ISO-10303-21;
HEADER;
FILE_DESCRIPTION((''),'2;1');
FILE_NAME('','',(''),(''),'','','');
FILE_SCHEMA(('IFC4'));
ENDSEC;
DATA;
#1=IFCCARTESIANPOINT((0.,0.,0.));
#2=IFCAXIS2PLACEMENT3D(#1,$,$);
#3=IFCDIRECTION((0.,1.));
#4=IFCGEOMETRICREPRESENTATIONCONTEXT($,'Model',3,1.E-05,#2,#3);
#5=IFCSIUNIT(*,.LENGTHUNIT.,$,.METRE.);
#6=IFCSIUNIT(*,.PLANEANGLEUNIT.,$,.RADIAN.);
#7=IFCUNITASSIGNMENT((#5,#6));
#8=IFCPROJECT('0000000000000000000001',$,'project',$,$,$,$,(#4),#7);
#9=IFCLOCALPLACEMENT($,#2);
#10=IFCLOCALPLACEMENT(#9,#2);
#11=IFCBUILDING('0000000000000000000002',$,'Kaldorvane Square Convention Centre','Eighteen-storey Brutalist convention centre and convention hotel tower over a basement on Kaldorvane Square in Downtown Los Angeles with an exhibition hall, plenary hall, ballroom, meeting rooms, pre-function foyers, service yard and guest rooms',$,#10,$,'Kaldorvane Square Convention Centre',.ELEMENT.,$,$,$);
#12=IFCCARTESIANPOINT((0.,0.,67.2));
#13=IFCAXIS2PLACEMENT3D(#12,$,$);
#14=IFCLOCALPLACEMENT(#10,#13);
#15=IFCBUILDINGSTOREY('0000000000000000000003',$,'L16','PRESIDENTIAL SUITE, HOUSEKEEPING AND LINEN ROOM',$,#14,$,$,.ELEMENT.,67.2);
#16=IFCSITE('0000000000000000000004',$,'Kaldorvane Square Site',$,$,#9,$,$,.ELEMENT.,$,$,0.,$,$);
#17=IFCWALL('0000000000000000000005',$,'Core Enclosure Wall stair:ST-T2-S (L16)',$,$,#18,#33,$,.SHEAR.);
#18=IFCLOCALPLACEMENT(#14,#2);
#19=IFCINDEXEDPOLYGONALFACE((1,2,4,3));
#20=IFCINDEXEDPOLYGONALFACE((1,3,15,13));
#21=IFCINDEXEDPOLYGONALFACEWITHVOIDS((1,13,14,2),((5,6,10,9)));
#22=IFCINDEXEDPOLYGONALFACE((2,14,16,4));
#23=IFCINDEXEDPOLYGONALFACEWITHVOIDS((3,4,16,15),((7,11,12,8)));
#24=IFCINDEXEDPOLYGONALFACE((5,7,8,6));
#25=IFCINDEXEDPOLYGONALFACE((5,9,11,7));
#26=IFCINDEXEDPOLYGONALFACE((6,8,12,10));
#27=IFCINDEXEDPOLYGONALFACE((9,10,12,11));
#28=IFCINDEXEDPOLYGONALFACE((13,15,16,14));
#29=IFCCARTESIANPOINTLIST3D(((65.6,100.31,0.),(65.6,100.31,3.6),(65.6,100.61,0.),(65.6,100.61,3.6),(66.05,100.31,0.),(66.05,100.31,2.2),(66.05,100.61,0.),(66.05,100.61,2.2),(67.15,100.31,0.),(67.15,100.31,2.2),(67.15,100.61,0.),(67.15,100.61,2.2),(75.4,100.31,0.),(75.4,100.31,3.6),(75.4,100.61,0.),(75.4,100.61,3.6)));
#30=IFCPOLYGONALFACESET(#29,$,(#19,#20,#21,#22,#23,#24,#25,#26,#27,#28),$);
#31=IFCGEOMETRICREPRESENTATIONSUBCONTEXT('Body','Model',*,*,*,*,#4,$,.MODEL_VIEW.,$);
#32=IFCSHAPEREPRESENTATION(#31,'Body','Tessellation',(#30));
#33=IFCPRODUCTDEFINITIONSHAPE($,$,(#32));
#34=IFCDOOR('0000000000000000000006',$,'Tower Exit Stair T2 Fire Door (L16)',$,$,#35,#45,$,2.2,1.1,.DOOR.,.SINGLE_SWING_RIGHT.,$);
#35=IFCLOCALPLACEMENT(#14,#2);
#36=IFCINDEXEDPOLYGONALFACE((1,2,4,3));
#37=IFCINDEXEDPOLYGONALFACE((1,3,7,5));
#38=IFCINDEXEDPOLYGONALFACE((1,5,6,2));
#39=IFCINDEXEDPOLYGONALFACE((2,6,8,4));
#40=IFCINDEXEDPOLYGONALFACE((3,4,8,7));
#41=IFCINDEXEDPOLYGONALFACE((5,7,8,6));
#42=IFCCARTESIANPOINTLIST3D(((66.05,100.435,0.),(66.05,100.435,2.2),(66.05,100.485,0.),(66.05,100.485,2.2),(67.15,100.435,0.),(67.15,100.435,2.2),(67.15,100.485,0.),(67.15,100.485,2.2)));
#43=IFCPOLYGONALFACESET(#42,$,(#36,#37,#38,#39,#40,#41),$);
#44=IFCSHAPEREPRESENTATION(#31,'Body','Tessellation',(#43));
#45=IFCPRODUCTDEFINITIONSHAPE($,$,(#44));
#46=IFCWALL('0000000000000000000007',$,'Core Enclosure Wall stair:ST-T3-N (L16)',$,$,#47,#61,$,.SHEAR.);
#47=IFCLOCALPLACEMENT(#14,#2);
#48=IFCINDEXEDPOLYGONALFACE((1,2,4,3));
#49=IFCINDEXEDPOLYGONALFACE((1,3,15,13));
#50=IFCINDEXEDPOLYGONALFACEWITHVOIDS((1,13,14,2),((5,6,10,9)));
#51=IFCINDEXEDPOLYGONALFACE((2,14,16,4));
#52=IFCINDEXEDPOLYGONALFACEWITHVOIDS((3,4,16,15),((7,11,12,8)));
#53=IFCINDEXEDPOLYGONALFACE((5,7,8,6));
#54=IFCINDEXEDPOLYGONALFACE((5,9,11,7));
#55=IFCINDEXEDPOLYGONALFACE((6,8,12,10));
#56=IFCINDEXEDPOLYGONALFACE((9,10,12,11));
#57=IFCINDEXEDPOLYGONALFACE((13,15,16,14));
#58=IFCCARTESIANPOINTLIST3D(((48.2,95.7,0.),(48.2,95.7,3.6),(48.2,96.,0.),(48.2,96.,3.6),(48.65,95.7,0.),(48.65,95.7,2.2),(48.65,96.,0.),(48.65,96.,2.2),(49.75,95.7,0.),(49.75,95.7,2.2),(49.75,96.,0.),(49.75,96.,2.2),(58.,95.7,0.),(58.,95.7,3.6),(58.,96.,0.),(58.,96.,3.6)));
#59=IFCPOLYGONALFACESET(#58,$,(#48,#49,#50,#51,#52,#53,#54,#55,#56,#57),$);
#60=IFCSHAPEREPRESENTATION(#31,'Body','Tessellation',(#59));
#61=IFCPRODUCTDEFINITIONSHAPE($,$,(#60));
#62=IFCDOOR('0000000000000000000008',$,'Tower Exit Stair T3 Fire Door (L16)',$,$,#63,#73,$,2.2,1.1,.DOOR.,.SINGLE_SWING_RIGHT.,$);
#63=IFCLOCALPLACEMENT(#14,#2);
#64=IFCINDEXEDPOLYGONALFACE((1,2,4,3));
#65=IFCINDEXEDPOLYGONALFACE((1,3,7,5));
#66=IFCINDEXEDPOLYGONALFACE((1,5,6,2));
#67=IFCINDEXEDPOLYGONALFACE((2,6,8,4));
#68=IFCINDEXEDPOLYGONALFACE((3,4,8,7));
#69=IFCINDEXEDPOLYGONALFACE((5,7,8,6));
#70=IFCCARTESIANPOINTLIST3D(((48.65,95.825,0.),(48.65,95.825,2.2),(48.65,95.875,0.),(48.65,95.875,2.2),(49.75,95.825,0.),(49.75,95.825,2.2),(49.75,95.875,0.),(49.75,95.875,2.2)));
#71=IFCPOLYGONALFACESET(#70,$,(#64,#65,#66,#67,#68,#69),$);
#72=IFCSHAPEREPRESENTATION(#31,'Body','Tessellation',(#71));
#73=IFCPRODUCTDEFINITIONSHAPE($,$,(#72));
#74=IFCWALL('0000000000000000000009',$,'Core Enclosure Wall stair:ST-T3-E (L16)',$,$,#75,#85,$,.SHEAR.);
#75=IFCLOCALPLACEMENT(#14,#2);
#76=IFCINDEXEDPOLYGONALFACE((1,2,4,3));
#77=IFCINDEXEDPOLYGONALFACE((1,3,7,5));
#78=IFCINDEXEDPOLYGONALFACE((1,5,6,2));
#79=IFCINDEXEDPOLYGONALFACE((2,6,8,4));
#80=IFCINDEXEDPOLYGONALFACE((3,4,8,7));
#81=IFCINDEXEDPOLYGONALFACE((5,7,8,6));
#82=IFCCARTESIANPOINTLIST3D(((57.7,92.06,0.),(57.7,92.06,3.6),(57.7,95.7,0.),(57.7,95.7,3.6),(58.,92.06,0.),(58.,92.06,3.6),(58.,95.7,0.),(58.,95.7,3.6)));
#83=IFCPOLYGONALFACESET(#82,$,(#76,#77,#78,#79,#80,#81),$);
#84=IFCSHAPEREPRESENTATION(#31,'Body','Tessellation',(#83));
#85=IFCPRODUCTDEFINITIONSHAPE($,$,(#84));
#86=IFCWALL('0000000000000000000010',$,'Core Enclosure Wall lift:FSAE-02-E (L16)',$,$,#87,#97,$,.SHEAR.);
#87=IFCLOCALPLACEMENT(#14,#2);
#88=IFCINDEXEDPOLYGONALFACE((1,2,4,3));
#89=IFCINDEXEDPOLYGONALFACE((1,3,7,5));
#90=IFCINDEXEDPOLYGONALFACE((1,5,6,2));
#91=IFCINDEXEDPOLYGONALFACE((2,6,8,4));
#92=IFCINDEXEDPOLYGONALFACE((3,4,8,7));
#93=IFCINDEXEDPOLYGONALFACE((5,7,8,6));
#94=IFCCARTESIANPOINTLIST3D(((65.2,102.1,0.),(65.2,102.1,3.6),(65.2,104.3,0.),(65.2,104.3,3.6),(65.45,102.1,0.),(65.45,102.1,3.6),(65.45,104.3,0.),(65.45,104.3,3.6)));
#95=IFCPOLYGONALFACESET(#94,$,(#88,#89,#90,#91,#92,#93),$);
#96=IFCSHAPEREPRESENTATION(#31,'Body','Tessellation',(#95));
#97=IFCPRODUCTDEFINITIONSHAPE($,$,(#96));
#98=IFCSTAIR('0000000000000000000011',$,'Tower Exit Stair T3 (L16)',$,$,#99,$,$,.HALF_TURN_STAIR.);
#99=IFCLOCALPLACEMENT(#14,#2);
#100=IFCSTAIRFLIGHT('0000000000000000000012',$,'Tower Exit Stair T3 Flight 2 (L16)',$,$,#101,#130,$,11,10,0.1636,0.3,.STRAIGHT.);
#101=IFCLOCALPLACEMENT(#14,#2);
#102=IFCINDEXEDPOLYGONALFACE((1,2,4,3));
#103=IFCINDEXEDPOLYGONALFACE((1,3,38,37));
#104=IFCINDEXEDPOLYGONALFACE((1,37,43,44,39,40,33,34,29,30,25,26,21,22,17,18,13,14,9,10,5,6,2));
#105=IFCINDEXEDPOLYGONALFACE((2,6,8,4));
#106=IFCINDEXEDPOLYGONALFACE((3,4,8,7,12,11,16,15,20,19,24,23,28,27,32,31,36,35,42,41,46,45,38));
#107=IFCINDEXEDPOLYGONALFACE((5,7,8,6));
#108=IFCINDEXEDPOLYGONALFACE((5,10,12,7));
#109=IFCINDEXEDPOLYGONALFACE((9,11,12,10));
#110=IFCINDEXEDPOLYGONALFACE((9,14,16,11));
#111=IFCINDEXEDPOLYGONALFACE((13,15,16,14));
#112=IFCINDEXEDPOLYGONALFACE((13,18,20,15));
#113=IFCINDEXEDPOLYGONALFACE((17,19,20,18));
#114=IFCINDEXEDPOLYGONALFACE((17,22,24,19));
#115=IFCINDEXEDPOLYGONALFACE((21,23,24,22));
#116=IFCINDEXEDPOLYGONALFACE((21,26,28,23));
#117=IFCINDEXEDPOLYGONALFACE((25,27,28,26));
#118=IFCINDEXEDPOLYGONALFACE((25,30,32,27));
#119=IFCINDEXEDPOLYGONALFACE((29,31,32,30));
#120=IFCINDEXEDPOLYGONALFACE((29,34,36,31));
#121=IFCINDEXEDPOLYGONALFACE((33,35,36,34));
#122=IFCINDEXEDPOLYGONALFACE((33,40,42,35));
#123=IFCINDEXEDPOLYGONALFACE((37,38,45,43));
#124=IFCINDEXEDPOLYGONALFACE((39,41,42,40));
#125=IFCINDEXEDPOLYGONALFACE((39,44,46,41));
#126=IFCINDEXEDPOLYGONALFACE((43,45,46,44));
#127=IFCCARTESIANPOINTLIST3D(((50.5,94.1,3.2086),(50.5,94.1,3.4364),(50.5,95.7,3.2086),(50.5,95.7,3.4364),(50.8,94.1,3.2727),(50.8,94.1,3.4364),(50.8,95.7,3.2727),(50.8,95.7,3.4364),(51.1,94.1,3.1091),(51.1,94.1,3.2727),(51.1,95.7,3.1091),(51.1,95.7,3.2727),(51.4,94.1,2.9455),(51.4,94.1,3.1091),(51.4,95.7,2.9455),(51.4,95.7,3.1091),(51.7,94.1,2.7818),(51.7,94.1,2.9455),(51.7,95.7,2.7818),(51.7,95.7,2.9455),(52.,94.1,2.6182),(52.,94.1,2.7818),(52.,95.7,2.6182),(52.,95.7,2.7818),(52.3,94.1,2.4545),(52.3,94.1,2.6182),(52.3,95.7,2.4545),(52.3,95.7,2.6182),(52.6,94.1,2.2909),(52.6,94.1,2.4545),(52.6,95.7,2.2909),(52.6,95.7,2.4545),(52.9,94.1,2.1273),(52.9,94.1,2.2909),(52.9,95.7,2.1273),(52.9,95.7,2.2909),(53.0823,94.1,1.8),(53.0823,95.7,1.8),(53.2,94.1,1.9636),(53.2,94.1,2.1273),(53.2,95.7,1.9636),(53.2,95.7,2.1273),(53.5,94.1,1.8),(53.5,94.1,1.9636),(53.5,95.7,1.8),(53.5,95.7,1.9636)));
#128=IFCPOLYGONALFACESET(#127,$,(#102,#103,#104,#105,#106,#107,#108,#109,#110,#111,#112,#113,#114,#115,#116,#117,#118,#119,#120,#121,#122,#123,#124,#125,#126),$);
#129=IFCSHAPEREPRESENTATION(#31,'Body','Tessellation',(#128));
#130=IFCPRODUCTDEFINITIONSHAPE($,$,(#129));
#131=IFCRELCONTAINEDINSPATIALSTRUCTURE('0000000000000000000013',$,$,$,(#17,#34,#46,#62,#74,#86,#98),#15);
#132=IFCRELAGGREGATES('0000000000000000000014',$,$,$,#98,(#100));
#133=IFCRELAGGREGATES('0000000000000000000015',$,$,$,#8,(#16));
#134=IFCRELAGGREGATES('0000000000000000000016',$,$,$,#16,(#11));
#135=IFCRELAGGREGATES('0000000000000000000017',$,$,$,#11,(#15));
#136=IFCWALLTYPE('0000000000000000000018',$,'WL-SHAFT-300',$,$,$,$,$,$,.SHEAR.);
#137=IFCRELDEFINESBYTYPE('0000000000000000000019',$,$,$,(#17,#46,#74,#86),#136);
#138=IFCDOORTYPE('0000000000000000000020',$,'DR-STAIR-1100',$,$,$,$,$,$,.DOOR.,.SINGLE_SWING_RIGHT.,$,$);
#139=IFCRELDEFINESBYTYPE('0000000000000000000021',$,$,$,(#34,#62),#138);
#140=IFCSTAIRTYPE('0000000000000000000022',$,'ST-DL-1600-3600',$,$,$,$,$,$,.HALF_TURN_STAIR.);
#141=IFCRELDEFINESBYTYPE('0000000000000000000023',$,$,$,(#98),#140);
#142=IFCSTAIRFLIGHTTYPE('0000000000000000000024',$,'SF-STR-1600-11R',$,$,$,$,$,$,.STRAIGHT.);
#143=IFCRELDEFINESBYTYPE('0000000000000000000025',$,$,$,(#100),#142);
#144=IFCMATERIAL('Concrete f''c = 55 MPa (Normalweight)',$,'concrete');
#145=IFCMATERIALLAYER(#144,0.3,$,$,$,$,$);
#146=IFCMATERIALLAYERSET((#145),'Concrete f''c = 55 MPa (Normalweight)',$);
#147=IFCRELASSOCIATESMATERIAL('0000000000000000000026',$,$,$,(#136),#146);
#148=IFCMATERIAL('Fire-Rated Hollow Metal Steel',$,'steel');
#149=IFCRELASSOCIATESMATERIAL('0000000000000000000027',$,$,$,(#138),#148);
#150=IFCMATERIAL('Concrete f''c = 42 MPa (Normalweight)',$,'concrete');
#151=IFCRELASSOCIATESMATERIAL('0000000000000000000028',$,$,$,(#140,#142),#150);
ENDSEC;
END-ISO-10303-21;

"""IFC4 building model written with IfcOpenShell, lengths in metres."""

from ifc_helpers import new_model, si_unit, direction, frame, frame_2d, origin, place, context, subcontext, project, spatial, polyline, rectangle, outline, extrude, material, layer, layer_set, type_object, element, fill, aggregate, save


model = new_model("IFC4")

# Units and contexts
model_context = context("Model", 3, precision=1e-05, world=origin(), true_north=direction((0.0, 1.0)))
body_context = subcontext(model_context, "Body", "Model", "MODEL_VIEW")
ifc_project = project(units=[si_unit("LENGTHUNIT", "METRE"), si_unit("PLANEANGLEUNIT", "RADIAN")], contexts=[model_context])

# Site, building, storey
site_placement = place(None, origin())
site = spatial("IfcSite", under=ifc_project, at=site_placement, Name="Kaldorvane Square Site", CompositionType="ELEMENT", RefElevation=0.0)
building_placement = place(site_placement, origin())
building = spatial("IfcBuilding", under=site, at=building_placement, Name="Kaldorvane Square Convention Centre", Description="Eighteen-storey Brutalist convention centre and convention hotel tower over a basement on Kaldorvane Square in Downtown Los Angeles with an exhibition hall, plenary hall, ballroom, meeting rooms, pre-function foyers, service yard and guest rooms", LongName="Kaldorvane Square Convention Centre", CompositionType="ELEMENT")
storey_placement = place(building_placement, frame((0.0, 0.0, 67.2)))
storey = spatial("IfcBuildingStorey", under=building, at=storey_placement, Name="L16", Description="PRESIDENTIAL SUITE, HOUSEKEEPING AND LINEN ROOM", CompositionType="ELEMENT", Elevation=67.2)

# Walls, openings, doors
ifc_material_1 = material(Name="Concrete f'c = 55 MPa (Normalweight)", Category="concrete")
ifc_layer_1 = layer(ifc_material_1, 0.3)
ifc_layer_set_1 = layer_set([ifc_layer_1], Name="Concrete f'c = 55 MPa (Normalweight)")
wall_type_1 = type_object("IfcWallType", Name="WL-SHAFT-300", PredefinedType="SHEAR", material=ifc_layer_set_1)
wall_1_placement = place(storey_placement, frame((65.6, 100.46, 0.0), z_axis=(0.0, 0.0, 1.0), x_axis=(1.0, 0.0, 0.0)))
wall_1 = element("IfcWall", 1, at=wall_1_placement, inside=storey, type_object=wall_type_1, Name="Core Enclosure Wall stair:ST-T2-S (L16)", PredefinedType="SHEAR", context=body_context, shape_type="SweptSolid", body=[
    extrude(rectangle(XDim=9.8, YDim=0.3, at=frame_2d((4.9, 0.0))), origin(), (0.0, 0.0, 1.0), 3.6),
])
opening_1_placement = place(wall_1_placement, frame((0.45, 0.0, 0.0)))
opening_1 = element("IfcOpeningElement", 2, at=opening_1_placement, cuts=wall_1, PredefinedType="OPENING", context=body_context, shape_type="SweptSolid", body=[
    extrude(rectangle(XDim=1.1, YDim=2.2, at=frame_2d((0.55, 1.1))), frame((0.0, 0.165, 0.0), z_axis=(0.0, -1.0, 0.0), x_axis=(1.0, 0.0, 0.0)), (0.0, 0.0, 1.0), 0.33),
])
ifc_material_2 = material(Name="Fire-Rated Hollow Metal Steel", Category="steel")
door_type_1 = type_object("IfcDoorType", Name="DR-STAIR-1100", OperationType="SINGLE_SWING_RIGHT", PredefinedType="DOOR", material=ifc_material_2)
door_1_placement = place(opening_1_placement, origin())
door_1 = element("IfcDoor", 3, at=door_1_placement, inside=storey, type_object=door_type_1, Name="Tower Exit Stair T2 Fire Door (L16)", OperationType="SINGLE_SWING_RIGHT", OverallHeight=2.2, OverallWidth=1.1, PredefinedType="DOOR", context=body_context, shape_type="SweptSolid", body=[
    extrude(rectangle(XDim=1.1, YDim=2.2, at=frame_2d((0.55, 1.1))), frame((0.0, 0.025, 0.0), z_axis=(0.0, -1.0, 0.0), x_axis=(1.0, 0.0, 0.0)), (0.0, 0.0, 1.0), 0.05),
])
fill(opening_1, door_1)
wall_2_placement = place(storey_placement, frame((58.0, 95.85, 0.0), z_axis=(0.0, 0.0, 1.0), x_axis=(-1.0, 0.0, 0.0)))
wall_2 = element("IfcWall", 4, at=wall_2_placement, inside=storey, type_object=wall_type_1, Name="Core Enclosure Wall stair:ST-T3-N (L16)", PredefinedType="SHEAR", context=body_context, shape_type="SweptSolid", body=[
    extrude(rectangle(XDim=9.8, YDim=0.3, at=frame_2d((4.9, 0.0))), origin(), (0.0, 0.0, 1.0), 3.6),
])
opening_2_placement = place(wall_2_placement, frame((8.25, 0.0, 0.0)))
opening_2 = element("IfcOpeningElement", 5, at=opening_2_placement, cuts=wall_2, PredefinedType="OPENING", context=body_context, shape_type="SweptSolid", body=[
    extrude(rectangle(XDim=1.1, YDim=2.2, at=frame_2d((0.55, 1.1))), frame((0.0, 0.165, 0.0), z_axis=(0.0, -1.0, 0.0), x_axis=(1.0, 0.0, 0.0)), (0.0, 0.0, 1.0), 0.33),
])
door_2_placement = place(opening_2_placement, origin())
door_2 = element("IfcDoor", 6, at=door_2_placement, inside=storey, type_object=door_type_1, Name="Tower Exit Stair T3 Fire Door (L16)", OperationType="SINGLE_SWING_RIGHT", OverallHeight=2.2, OverallWidth=1.1, PredefinedType="DOOR", context=body_context, shape_type="SweptSolid", body=[
    extrude(rectangle(XDim=1.1, YDim=2.2, at=frame_2d((0.55, 1.1))), frame((0.0, 0.025, 0.0), z_axis=(0.0, -1.0, 0.0), x_axis=(1.0, 0.0, 0.0)), (0.0, 0.0, 1.0), 0.05),
])
fill(opening_2, door_2)

# Wall
wall_3_placement = place(storey_placement, frame((57.85, 92.06, 0.0), z_axis=(0.0, 0.0, 1.0), x_axis=(0.0, 1.0, 0.0)))
element("IfcWall", 7, at=wall_3_placement, inside=storey, type_object=wall_type_1, Name="Core Enclosure Wall stair:ST-T3-E (L16)", PredefinedType="SHEAR", context=body_context, shape_type="SweptSolid", body=[
    extrude(rectangle(XDim=3.64, YDim=0.3, at=frame_2d((1.82, 0.0))), origin(), (0.0, 0.0, 1.0), 3.6),
])

# Wall
wall_4_placement = place(storey_placement, frame((65.325, 102.1, 0.0), z_axis=(0.0, 0.0, 1.0), x_axis=(0.0, 1.0, 0.0)))
element("IfcWall", 8, at=wall_4_placement, inside=storey, type_object=wall_type_1, Name="Core Enclosure Wall lift:FSAE-02-E (L16)", PredefinedType="SHEAR", context=body_context, shape_type="SweptSolid", body=[
    extrude(rectangle(XDim=2.2, YDim=0.25, at=frame_2d((1.1, 0.0))), origin(), (0.0, 0.0, 1.0), 3.6),
])

# Stair, stair flight
ifc_material_3 = material(Name="Concrete f'c = 42 MPa (Normalweight)", Category="concrete")
stair_type = type_object("IfcStairType", Name="ST-DL-1600-3600", PredefinedType="HALF_TURN_STAIR", material=ifc_material_3)
stair_placement = place(storey_placement, origin())
stair = element("IfcStair", 9, at=stair_placement, inside=storey, type_object=stair_type, Name="Tower Exit Stair T3 (L16)", PredefinedType="HALF_TURN_STAIR")
stair_flight_type = type_object("IfcStairFlightType", Name="SF-STR-1600-11R", PredefinedType="STRAIGHT", material=ifc_material_3)
stair_flight_placement = place(storey_placement, frame((53.5, 94.9, 1.8), z_axis=(0.0, 0.0, 1.0), x_axis=(-1.0, 0.0, 0.0)))
stair_flight = element("IfcStairFlight", 10, at=stair_flight_placement, type_object=stair_flight_type, Name="Tower Exit Stair T3 Flight 2 (L16)", NumberOfRisers=11, NumberOfTreads=10, PredefinedType="STRAIGHT", RiserHeight=0.1636, TreadLength=0.3, context=body_context, shape_type="SweptSolid", body=[
    extrude(outline(polyline([(0.0, 0.0), (0.0, 0.1636), (0.3, 0.1636), (0.3, 0.3273), (0.6, 0.3273), (0.6, 0.4909), (0.9, 0.4909), (0.9, 0.6545), (1.2, 0.6545), (1.2, 0.8182), (1.5, 0.8182), (1.5, 0.9818), (1.8, 0.9818), (1.8, 1.1455), (2.1, 1.1455), (2.1, 1.3091), (2.4, 1.3091), (2.4, 1.4727), (2.7, 1.4727), (2.7, 1.6364), (3.0, 1.6364), (3.0, 1.8), (3.0, 1.4086), (0.4177, 0.0), (0.0, 0.0)])), frame((0.0, 0.8, 0.0), z_axis=(0.0, -1.0, 0.0), x_axis=(1.0, 0.0, 0.0)), (0.0, 0.0, 1.0), 1.6),
])
aggregate(stair, [stair_flight])

save(model, "model.ifc")
